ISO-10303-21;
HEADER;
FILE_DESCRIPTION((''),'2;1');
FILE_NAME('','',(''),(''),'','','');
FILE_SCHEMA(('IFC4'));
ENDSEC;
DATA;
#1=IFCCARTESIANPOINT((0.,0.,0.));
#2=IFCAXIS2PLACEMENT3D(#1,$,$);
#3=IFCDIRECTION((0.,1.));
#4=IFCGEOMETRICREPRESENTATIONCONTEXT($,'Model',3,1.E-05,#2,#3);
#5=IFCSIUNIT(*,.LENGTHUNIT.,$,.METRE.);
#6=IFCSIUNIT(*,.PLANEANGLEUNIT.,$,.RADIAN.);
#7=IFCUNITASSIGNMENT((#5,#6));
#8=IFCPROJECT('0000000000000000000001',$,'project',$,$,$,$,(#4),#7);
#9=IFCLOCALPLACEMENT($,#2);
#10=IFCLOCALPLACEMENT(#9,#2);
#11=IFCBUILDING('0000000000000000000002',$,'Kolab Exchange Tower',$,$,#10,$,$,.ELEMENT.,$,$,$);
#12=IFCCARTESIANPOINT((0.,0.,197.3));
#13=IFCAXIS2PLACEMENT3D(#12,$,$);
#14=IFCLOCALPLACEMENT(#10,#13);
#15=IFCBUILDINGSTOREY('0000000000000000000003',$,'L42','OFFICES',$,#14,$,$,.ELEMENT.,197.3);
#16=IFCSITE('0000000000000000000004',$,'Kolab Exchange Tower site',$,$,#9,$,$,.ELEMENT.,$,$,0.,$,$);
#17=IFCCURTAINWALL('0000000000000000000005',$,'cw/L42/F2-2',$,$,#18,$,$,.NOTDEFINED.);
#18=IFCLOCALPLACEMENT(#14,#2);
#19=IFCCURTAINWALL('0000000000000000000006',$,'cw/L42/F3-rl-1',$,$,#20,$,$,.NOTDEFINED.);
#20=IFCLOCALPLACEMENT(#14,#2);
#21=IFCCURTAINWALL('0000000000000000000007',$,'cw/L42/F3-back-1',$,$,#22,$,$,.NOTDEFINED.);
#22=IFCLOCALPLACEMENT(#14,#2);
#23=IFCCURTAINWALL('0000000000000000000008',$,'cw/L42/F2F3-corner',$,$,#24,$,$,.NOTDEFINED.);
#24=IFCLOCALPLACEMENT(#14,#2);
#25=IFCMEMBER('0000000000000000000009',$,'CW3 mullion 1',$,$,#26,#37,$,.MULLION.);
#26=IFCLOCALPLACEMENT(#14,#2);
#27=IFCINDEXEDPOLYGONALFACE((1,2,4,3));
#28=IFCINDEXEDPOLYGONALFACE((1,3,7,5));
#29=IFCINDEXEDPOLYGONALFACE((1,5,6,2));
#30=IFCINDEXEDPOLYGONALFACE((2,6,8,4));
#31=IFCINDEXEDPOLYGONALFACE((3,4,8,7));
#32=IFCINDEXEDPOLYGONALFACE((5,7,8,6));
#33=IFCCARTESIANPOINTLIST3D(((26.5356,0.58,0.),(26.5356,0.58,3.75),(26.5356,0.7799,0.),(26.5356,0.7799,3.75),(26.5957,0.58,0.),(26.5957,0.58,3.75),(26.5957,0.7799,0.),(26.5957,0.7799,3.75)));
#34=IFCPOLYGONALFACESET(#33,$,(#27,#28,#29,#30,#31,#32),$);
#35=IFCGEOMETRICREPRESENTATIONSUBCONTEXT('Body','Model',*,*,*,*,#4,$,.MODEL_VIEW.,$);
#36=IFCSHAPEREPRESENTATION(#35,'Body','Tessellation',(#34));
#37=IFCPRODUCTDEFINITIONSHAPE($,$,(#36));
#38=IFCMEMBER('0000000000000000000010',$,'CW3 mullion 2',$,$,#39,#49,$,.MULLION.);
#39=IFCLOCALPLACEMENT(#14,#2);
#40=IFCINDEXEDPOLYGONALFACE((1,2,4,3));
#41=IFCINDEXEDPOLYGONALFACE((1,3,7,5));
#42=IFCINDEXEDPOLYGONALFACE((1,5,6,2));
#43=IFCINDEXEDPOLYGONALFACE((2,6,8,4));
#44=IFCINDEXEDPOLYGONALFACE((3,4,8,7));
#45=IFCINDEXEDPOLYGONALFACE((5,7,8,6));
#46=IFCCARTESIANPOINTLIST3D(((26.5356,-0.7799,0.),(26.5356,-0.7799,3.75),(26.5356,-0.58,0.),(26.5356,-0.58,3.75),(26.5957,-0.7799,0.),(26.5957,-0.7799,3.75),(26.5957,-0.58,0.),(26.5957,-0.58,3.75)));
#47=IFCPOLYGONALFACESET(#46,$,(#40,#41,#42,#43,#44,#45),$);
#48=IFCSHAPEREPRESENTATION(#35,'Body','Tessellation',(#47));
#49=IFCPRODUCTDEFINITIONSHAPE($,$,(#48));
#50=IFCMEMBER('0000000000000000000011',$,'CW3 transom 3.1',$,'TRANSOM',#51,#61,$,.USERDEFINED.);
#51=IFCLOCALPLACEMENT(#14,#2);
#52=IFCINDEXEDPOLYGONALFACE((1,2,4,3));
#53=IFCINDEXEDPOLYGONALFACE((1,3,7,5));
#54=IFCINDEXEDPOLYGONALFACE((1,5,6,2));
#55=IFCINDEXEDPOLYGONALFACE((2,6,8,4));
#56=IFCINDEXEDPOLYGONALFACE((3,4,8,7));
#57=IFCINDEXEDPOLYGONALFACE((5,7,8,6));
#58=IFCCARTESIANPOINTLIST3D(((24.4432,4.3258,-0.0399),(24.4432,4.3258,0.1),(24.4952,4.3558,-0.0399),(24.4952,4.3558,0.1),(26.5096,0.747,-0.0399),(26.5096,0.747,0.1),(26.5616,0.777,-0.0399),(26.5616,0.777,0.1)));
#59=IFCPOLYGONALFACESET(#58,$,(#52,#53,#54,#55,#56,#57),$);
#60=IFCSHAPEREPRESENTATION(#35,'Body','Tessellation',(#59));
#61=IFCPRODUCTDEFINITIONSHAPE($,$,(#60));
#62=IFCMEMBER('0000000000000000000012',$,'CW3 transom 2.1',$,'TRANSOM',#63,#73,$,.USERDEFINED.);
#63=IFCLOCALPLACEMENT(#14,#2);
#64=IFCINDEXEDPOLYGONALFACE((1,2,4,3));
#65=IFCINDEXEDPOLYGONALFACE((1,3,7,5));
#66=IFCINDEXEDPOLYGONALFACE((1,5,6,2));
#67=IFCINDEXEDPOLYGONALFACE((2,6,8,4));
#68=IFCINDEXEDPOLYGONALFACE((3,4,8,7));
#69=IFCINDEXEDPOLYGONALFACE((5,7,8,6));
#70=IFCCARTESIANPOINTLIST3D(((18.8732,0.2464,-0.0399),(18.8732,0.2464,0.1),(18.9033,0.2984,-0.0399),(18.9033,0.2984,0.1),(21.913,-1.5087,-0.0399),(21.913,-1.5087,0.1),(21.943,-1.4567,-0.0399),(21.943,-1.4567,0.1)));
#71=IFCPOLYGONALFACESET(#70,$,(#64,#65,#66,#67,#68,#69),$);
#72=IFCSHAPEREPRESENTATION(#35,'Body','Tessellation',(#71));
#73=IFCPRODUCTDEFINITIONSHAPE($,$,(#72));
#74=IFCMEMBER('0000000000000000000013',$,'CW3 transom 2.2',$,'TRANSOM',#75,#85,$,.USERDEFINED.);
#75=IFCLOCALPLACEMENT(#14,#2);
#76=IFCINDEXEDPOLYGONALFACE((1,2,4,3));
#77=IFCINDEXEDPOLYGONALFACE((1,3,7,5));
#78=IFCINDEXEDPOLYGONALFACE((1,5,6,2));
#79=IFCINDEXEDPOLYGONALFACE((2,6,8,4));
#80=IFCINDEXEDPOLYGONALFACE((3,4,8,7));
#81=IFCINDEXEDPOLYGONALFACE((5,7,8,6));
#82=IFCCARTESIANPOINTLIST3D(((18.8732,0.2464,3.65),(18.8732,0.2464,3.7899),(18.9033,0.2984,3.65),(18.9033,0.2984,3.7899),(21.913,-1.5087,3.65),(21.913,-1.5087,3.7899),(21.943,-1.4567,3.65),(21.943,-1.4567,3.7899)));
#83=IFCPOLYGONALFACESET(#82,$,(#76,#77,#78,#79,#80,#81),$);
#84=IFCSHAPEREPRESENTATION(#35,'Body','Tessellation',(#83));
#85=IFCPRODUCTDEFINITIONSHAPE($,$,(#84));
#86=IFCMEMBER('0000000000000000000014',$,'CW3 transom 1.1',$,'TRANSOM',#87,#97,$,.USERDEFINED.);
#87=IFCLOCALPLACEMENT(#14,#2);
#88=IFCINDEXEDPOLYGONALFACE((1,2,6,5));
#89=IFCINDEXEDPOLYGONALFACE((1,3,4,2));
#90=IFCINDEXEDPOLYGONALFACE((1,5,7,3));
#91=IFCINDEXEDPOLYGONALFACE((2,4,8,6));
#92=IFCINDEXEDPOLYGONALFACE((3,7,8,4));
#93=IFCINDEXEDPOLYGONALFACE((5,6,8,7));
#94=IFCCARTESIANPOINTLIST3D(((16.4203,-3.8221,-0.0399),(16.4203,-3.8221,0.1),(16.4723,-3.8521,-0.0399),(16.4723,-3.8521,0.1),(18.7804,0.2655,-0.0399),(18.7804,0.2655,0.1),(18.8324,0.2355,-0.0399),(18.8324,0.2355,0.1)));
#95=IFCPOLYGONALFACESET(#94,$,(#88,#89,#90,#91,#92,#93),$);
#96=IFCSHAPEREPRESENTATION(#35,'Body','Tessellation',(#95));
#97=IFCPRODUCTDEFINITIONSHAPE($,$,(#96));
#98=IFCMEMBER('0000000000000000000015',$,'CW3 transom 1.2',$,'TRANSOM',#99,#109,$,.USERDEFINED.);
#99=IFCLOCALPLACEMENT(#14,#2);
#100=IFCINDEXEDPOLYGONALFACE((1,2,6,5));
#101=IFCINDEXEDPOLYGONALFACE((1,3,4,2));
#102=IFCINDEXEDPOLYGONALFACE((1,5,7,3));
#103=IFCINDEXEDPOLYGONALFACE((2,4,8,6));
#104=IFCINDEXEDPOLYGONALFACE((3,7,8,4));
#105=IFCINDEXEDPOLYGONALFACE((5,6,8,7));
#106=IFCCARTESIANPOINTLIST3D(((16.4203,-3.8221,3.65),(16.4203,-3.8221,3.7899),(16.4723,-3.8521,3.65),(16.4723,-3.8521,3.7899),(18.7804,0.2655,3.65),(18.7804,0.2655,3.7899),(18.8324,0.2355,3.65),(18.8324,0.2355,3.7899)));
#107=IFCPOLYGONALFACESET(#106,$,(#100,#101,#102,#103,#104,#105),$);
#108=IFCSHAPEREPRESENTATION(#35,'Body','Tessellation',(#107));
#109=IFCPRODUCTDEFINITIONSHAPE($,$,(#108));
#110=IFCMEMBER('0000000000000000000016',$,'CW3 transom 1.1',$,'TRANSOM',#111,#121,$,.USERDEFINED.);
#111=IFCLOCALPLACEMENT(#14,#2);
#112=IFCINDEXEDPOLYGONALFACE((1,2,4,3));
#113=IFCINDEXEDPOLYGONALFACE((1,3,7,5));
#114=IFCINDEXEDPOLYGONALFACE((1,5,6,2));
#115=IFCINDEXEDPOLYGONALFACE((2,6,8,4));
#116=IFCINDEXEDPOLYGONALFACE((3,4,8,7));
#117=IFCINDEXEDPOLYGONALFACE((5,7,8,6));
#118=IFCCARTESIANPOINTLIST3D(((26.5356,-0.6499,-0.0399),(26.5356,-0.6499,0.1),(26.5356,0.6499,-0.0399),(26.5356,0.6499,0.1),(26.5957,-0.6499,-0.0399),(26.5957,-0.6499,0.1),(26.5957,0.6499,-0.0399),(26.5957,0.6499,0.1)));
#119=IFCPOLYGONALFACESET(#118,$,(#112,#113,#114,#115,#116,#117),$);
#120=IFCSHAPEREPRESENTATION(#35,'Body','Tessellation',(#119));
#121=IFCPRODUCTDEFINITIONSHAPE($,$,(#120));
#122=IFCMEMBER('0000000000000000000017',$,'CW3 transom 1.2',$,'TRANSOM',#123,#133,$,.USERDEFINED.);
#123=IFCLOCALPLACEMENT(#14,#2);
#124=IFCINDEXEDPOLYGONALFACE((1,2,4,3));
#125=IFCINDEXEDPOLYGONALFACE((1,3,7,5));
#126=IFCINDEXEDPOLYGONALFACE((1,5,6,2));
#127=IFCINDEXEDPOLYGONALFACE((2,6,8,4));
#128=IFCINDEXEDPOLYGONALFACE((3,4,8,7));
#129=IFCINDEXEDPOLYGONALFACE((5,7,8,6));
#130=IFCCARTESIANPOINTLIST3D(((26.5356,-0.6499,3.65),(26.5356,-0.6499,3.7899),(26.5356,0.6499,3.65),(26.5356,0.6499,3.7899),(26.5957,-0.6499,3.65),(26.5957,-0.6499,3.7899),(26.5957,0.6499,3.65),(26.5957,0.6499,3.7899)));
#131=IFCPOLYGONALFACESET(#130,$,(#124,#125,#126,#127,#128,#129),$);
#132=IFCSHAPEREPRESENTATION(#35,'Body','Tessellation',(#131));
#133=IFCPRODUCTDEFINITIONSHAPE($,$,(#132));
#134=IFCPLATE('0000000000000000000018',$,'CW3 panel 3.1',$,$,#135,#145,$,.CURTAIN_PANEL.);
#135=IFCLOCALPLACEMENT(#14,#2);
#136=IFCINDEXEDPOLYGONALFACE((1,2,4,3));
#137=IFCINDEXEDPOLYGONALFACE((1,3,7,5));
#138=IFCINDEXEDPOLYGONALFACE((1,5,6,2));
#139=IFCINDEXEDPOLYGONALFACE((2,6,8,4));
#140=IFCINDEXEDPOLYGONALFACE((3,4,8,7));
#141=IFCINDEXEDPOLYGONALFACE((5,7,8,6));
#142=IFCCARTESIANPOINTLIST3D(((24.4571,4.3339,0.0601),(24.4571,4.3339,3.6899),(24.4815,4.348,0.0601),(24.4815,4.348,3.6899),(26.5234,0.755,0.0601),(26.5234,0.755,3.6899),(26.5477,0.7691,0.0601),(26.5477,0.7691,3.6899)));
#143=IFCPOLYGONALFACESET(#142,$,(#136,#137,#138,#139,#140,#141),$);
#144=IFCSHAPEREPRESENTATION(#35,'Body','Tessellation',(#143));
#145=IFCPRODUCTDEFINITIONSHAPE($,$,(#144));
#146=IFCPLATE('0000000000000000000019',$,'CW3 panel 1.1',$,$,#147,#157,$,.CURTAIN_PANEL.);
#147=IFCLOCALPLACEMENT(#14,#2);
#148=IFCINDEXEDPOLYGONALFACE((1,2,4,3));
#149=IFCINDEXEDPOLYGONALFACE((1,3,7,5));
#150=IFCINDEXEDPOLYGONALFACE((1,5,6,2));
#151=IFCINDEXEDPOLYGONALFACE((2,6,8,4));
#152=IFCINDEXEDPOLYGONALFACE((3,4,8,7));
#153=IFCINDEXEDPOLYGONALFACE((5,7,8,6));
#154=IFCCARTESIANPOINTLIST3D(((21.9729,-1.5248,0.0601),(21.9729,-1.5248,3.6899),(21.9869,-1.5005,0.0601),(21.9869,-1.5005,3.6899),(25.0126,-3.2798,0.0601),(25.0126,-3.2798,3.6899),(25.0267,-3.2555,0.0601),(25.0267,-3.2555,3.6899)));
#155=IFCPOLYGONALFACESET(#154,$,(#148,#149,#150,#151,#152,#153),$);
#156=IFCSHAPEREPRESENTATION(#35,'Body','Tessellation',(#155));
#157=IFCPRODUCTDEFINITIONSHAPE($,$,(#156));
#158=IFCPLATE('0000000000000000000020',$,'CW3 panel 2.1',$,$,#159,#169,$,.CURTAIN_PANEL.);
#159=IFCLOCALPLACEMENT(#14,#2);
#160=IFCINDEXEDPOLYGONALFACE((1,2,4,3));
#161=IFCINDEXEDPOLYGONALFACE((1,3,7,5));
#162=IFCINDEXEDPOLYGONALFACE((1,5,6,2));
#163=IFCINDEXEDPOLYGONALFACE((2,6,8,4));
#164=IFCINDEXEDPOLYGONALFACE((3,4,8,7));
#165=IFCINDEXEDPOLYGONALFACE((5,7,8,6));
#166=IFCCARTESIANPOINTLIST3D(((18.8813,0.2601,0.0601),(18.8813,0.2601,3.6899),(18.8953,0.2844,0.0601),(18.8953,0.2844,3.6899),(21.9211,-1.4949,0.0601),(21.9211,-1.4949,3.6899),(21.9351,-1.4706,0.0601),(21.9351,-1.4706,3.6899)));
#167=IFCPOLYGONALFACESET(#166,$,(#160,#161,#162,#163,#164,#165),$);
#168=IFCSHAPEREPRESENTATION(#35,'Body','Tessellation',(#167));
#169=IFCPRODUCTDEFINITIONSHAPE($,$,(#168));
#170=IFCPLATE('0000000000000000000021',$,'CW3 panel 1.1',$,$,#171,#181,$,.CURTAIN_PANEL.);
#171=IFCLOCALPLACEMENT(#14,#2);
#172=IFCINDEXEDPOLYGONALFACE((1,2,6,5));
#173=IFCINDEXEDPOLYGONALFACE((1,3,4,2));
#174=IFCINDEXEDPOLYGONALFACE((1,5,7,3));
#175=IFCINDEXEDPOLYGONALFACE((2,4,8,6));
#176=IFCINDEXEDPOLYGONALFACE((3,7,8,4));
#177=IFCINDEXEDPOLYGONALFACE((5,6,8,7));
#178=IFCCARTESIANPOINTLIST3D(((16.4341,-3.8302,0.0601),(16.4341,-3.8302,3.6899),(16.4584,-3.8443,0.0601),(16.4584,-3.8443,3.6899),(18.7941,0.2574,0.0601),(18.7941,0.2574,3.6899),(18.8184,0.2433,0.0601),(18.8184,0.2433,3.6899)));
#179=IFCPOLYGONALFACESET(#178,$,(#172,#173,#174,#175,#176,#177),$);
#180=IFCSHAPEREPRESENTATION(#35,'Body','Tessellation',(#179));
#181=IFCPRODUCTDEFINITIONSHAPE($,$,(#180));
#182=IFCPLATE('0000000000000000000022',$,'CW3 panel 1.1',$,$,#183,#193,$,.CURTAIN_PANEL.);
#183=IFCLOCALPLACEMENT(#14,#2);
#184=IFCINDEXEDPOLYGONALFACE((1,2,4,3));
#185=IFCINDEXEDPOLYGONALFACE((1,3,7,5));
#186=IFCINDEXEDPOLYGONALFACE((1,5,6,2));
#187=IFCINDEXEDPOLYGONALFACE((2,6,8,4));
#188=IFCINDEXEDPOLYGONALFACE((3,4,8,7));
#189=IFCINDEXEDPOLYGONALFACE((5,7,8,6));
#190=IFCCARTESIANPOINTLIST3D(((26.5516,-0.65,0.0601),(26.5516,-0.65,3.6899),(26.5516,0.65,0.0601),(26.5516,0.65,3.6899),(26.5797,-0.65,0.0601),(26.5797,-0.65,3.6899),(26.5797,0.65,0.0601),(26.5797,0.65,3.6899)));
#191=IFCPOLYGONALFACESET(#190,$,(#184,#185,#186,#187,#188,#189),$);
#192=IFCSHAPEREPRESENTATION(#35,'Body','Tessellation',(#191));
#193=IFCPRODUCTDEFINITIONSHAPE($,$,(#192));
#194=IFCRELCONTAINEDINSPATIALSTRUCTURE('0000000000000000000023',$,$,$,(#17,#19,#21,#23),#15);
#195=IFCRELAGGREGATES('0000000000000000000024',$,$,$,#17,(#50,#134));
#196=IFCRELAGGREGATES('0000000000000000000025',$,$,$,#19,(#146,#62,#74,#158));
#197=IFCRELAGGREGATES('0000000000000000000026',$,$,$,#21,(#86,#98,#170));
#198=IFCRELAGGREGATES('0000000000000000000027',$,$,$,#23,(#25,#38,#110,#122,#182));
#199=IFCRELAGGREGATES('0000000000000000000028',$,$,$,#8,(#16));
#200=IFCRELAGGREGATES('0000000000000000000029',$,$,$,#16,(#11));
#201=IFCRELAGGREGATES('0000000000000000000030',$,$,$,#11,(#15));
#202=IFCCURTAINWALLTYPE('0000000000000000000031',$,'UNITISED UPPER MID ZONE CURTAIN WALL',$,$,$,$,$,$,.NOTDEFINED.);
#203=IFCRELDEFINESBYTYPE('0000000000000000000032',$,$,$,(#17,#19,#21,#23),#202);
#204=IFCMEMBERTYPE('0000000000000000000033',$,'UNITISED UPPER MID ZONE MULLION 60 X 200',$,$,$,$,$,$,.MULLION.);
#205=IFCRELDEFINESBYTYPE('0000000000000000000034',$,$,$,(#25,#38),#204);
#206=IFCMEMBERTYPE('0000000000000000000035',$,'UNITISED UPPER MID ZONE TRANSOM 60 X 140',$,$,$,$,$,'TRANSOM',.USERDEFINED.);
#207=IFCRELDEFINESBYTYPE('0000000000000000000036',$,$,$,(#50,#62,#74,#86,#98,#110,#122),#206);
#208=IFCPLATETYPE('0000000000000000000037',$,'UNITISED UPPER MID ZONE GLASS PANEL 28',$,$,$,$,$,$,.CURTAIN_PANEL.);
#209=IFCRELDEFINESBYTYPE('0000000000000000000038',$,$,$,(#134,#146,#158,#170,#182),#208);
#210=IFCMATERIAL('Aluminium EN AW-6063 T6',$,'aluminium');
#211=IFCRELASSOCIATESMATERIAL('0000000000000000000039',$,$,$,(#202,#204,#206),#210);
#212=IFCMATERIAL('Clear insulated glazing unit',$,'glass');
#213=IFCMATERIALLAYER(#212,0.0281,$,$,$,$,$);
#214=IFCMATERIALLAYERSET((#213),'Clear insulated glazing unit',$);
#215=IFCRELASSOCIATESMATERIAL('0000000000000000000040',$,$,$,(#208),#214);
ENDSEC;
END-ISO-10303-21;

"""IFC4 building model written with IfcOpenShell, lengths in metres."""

from ifc_helpers import new_model, si_unit, direction, frame, origin, origin_2d, place, context, subcontext, project, spatial, rectangle, extrude, material, layer, layer_set, material_profile, profile_set, type_object, element, aggregate, save


model = new_model("IFC4")

# Units and contexts
model_context = context("Model", 3, precision=1e-05, world=origin(), true_north=direction((0.0, 1.0)))
body_context = subcontext(model_context, "Body", "Model", "MODEL_VIEW")
ifc_project = project(units=[si_unit("LENGTHUNIT", "METRE"), si_unit("PLANEANGLEUNIT", "RADIAN")], contexts=[model_context])

# Site, building, storey
site_placement = place(None, origin())
site = spatial("IfcSite", under=ifc_project, at=site_placement, Name="Kolab Exchange Tower site", CompositionType="ELEMENT", RefElevation=0.0)
building_placement = place(site_placement, origin())
building = spatial("IfcBuilding", under=site, at=building_placement, Name="Kolab Exchange Tower", CompositionType="ELEMENT")
storey_placement = place(building_placement, frame((0.0, 0.0, 197.3)))
storey = spatial("IfcBuildingStorey", under=building, at=storey_placement, Name="L42", Description="OFFICES", CompositionType="ELEMENT", Elevation=197.3)

# Curtain wall
ifc_material_1 = material(Name="Aluminium EN AW-6063 T6", Category="aluminium")
curtain_wall_type = type_object("IfcCurtainWallType", Name="UNITISED UPPER MID ZONE CURTAIN WALL", PredefinedType="NOTDEFINED", material=ifc_material_1)
curtain_wall_1_placement = place(storey_placement, origin())
curtain_wall_1 = element("IfcCurtainWall", 1, at=curtain_wall_1_placement, inside=storey, type_object=curtain_wall_type, Name="cw/L42/F2-2", PredefinedType="NOTDEFINED")
ifc_material_profile_1 = material_profile(ifc_material_1, rectangle(XDim=0.0601, YDim=0.2, at=origin_2d()), Name="RECT 60X200")
ifc_profile_set_1 = profile_set([ifc_material_profile_1], Name="Aluminium EN AW-6063 T6")
member_type_1 = type_object("IfcMemberType", Name="UNITISED UPPER MID ZONE MULLION 60 X 200", PredefinedType="MULLION", material=ifc_profile_set_1)

# Curtain wall
curtain_wall_2_placement = place(storey_placement, origin())
curtain_wall_2 = element("IfcCurtainWall", 2, at=curtain_wall_2_placement, inside=storey, type_object=curtain_wall_type, Name="cw/L42/F3-rl-1", PredefinedType="NOTDEFINED")

# Curtain wall
curtain_wall_3_placement = place(storey_placement, origin())
curtain_wall_3 = element("IfcCurtainWall", 3, at=curtain_wall_3_placement, inside=storey, type_object=curtain_wall_type, Name="cw/L42/F3-back-1", PredefinedType="NOTDEFINED")

# Curtain wall, members
curtain_wall_4_placement = place(storey_placement, origin())
curtain_wall_4 = element("IfcCurtainWall", 4, at=curtain_wall_4_placement, inside=storey, type_object=curtain_wall_type, Name="cw/L42/F2F3-corner", PredefinedType="NOTDEFINED")
member_1_placement = place(storey_placement, frame((26.5657, 0.6799, 0.0), z_axis=(0.0, 0.0, 1.0), x_axis=(1.0, 0.0, 0.0)))
member_1 = element("IfcMember", 5, at=member_1_placement, type_object=member_type_1, Name="CW3 mullion 1", PredefinedType="MULLION", context=body_context, shape_type="SweptSolid", body=[
    extrude(rectangle(XDim=0.0601, YDim=0.2, at=origin_2d()), origin(), (0.0, 0.0, 1.0), 3.75),
])
member_2_placement = place(storey_placement, frame((26.5657, -0.6799, 0.0), z_axis=(0.0, 0.0, 1.0), x_axis=(1.0, 0.0, 0.0)))
member_2 = element("IfcMember", 6, at=member_2_placement, type_object=member_type_1, Name="CW3 mullion 2", PredefinedType="MULLION", context=body_context, shape_type="SweptSolid", body=[
    extrude(rectangle(XDim=0.0601, YDim=0.2, at=origin_2d()), origin(), (0.0, 0.0, 1.0), 3.75),
])

# Members
ifc_material_profile_2 = material_profile(ifc_material_1, rectangle(XDim=0.0601, YDim=0.1399, at=origin_2d()), Name="RECT 60X140")
ifc_profile_set_2 = profile_set([ifc_material_profile_2], Name="Aluminium EN AW-6063 T6")
member_type_2 = type_object("IfcMemberType", Name="UNITISED UPPER MID ZONE TRANSOM 60 X 140", ElementType="TRANSOM", PredefinedType="USERDEFINED", material=ifc_profile_set_2)
member_3_placement = place(storey_placement, frame((24.4692, 4.3408, 0.03), z_axis=(0.500028, -0.866009, 0.0), x_axis=(0.866009, 0.500028, 0.0)))
member_3 = element("IfcMember", 7, at=member_3_placement, type_object=member_type_2, Name="CW3 transom 3.1", ObjectType="TRANSOM", PredefinedType="USERDEFINED", context=body_context, shape_type="SweptSolid", body=[
    extrude(rectangle(XDim=0.0601, YDim=0.1399, at=origin_2d()), origin(), (0.0, 0.0, 1.0), 4.1326),
])
member_4_placement = place(storey_placement, frame((21.928, -1.4827, 0.03), z_axis=(-0.866013, 0.500021, 0.0), x_axis=(-0.500021, -0.866013, 0.0)))
member_4 = element("IfcMember", 8, at=member_4_placement, type_object=member_type_2, Name="CW3 transom 2.1", ObjectType="TRANSOM", PredefinedType="USERDEFINED", context=body_context, shape_type="SweptSolid", body=[
    extrude(rectangle(XDim=0.0601, YDim=0.1399, at=origin_2d()), origin(), (0.0, 0.0, 1.0), 3.51),
])
member_5_placement = place(storey_placement, frame((21.928, -1.4827, 3.72), z_axis=(-0.866013, 0.500021, 0.0), x_axis=(-0.500021, -0.866013, 0.0)))
member_5 = element("IfcMember", 9, at=member_5_placement, type_object=member_type_2, Name="CW3 transom 2.2", ObjectType="TRANSOM", PredefinedType="USERDEFINED", context=body_context, shape_type="SweptSolid", body=[
    extrude(rectangle(XDim=0.0601, YDim=0.1399, at=origin_2d()), origin(), (0.0, 0.0, 1.0), 3.51),
])
member_6_placement = place(storey_placement, frame((18.8064, 0.2505, 0.03), z_axis=(-0.500016, -0.866016, 0.0), x_axis=(0.866016, -0.500016, 0.0)))
member_6 = element("IfcMember", 10, at=member_6_placement, type_object=member_type_2, Name="CW3 transom 1.1", ObjectType="TRANSOM", PredefinedType="USERDEFINED", context=body_context, shape_type="SweptSolid", body=[
    extrude(rectangle(XDim=0.0601, YDim=0.1399, at=origin_2d()), origin(), (0.0, 0.0, 1.0), 4.72),
])
member_7_placement = place(storey_placement, frame((18.8064, 0.2505, 3.72), z_axis=(-0.500016, -0.866016, 0.0), x_axis=(0.866016, -0.500016, 0.0)))
member_7 = element("IfcMember", 11, at=member_7_placement, type_object=member_type_2, Name="CW3 transom 1.2", ObjectType="TRANSOM", PredefinedType="USERDEFINED", context=body_context, shape_type="SweptSolid", body=[
    extrude(rectangle(XDim=0.0601, YDim=0.1399, at=origin_2d()), origin(), (0.0, 0.0, 1.0), 4.72),
])
member_8_placement = place(storey_placement, frame((26.5657, 0.6499, 0.03), z_axis=(0.0, -1.0, 0.0), x_axis=(1.0, 0.0, 0.0)))
member_8 = element("IfcMember", 12, at=member_8_placement, type_object=member_type_2, Name="CW3 transom 1.1", ObjectType="TRANSOM", PredefinedType="USERDEFINED", context=body_context, shape_type="SweptSolid", body=[
    extrude(rectangle(XDim=0.0601, YDim=0.1399, at=origin_2d()), origin(), (0.0, 0.0, 1.0), 1.2998),
])
member_9_placement = place(storey_placement, frame((26.5657, 0.6499, 3.72), z_axis=(0.0, -1.0, 0.0), x_axis=(1.0, 0.0, 0.0)))
member_9 = element("IfcMember", 13, at=member_9_placement, type_object=member_type_2, Name="CW3 transom 1.2", ObjectType="TRANSOM", PredefinedType="USERDEFINED", context=body_context, shape_type="SweptSolid", body=[
    extrude(rectangle(XDim=0.0601, YDim=0.1399, at=origin_2d()), origin(), (0.0, 0.0, 1.0), 1.2998),
])

# Plates
ifc_material_2 = material(Name="Clear insulated glazing unit", Category="glass")
ifc_layer_1 = layer(ifc_material_2, 0.0281)
ifc_layer_set_1 = layer_set([ifc_layer_1], Name="Clear insulated glazing unit")
plate_type = type_object("IfcPlateType", Name="UNITISED UPPER MID ZONE GLASS PANEL 28", PredefinedType="CURTAIN_PANEL", material=ifc_layer_set_1)
plate_1_placement = place(storey_placement, frame((25.5024, 2.5515, 0.0601), z_axis=(0.0, 0.0, 1.0), x_axis=(0.5, -0.866025, 0.0)))
plate_1 = element("IfcPlate", 14, at=plate_1_placement, type_object=plate_type, Name="CW3 panel 3.1", PredefinedType="CURTAIN_PANEL", context=body_context, shape_type="SweptSolid", body=[
    extrude(rectangle(XDim=4.1326, YDim=0.0281, at=origin_2d()), origin(), (0.0, 0.0, 1.0), 3.6299),
])
aggregate(curtain_wall_1, [member_3, plate_1])
plate_2_placement = place(storey_placement, frame((23.4998, -2.3901, 0.0601), z_axis=(0.0, 0.0, 1.0), x_axis=(-0.866025, 0.5, 0.0)))
plate_2 = element("IfcPlate", 15, at=plate_2_placement, type_object=plate_type, Name="CW3 panel 1.1", PredefinedType="CURTAIN_PANEL", context=body_context, shape_type="SweptSolid", body=[
    extrude(rectangle(XDim=3.51, YDim=0.0281, at=origin_2d()), origin(), (0.0, 0.0, 1.0), 3.6299),
])
plate_3_placement = place(storey_placement, frame((20.4082, -0.6052, 0.0601), z_axis=(0.0, 0.0, 1.0), x_axis=(-0.866025, 0.5, 0.0)))
plate_3 = element("IfcPlate", 16, at=plate_3_placement, type_object=plate_type, Name="CW3 panel 2.1", PredefinedType="CURTAIN_PANEL", context=body_context, shape_type="SweptSolid", body=[
    extrude(rectangle(XDim=3.51, YDim=0.0281, at=origin_2d()), origin(), (0.0, 0.0, 1.0), 3.6299),
])
aggregate(curtain_wall_2, [plate_2, member_4, member_5, plate_3])
plate_4_placement = place(storey_placement, frame((17.6262, -1.7935, 0.0601), z_axis=(0.0, 0.0, 1.0), x_axis=(-0.5, -0.866025, 0.0)))
plate_4 = element("IfcPlate", 17, at=plate_4_placement, type_object=plate_type, Name="CW3 panel 1.1", PredefinedType="CURTAIN_PANEL", context=body_context, shape_type="SweptSolid", body=[
    extrude(rectangle(XDim=4.72, YDim=0.0281, at=origin_2d()), origin(), (0.0, 0.0, 1.0), 3.6299),
])
aggregate(curtain_wall_3, [member_6, member_7, plate_4])
plate_5_placement = place(storey_placement, frame((26.5657, 0.0, 0.0601), z_axis=(0.0, 0.0, 1.0), x_axis=(0.0, -1.0, 0.0)))
plate_5 = element("IfcPlate", 18, at=plate_5_placement, type_object=plate_type, Name="CW3 panel 1.1", PredefinedType="CURTAIN_PANEL", context=body_context, shape_type="SweptSolid", body=[
    extrude(rectangle(XDim=1.3, YDim=0.0281, at=origin_2d()), origin(), (0.0, 0.0, 1.0), 3.6299),
])
aggregate(curtain_wall_4, [member_1, member_2, member_8, member_9, plate_5])

save(model, "model.ifc")
